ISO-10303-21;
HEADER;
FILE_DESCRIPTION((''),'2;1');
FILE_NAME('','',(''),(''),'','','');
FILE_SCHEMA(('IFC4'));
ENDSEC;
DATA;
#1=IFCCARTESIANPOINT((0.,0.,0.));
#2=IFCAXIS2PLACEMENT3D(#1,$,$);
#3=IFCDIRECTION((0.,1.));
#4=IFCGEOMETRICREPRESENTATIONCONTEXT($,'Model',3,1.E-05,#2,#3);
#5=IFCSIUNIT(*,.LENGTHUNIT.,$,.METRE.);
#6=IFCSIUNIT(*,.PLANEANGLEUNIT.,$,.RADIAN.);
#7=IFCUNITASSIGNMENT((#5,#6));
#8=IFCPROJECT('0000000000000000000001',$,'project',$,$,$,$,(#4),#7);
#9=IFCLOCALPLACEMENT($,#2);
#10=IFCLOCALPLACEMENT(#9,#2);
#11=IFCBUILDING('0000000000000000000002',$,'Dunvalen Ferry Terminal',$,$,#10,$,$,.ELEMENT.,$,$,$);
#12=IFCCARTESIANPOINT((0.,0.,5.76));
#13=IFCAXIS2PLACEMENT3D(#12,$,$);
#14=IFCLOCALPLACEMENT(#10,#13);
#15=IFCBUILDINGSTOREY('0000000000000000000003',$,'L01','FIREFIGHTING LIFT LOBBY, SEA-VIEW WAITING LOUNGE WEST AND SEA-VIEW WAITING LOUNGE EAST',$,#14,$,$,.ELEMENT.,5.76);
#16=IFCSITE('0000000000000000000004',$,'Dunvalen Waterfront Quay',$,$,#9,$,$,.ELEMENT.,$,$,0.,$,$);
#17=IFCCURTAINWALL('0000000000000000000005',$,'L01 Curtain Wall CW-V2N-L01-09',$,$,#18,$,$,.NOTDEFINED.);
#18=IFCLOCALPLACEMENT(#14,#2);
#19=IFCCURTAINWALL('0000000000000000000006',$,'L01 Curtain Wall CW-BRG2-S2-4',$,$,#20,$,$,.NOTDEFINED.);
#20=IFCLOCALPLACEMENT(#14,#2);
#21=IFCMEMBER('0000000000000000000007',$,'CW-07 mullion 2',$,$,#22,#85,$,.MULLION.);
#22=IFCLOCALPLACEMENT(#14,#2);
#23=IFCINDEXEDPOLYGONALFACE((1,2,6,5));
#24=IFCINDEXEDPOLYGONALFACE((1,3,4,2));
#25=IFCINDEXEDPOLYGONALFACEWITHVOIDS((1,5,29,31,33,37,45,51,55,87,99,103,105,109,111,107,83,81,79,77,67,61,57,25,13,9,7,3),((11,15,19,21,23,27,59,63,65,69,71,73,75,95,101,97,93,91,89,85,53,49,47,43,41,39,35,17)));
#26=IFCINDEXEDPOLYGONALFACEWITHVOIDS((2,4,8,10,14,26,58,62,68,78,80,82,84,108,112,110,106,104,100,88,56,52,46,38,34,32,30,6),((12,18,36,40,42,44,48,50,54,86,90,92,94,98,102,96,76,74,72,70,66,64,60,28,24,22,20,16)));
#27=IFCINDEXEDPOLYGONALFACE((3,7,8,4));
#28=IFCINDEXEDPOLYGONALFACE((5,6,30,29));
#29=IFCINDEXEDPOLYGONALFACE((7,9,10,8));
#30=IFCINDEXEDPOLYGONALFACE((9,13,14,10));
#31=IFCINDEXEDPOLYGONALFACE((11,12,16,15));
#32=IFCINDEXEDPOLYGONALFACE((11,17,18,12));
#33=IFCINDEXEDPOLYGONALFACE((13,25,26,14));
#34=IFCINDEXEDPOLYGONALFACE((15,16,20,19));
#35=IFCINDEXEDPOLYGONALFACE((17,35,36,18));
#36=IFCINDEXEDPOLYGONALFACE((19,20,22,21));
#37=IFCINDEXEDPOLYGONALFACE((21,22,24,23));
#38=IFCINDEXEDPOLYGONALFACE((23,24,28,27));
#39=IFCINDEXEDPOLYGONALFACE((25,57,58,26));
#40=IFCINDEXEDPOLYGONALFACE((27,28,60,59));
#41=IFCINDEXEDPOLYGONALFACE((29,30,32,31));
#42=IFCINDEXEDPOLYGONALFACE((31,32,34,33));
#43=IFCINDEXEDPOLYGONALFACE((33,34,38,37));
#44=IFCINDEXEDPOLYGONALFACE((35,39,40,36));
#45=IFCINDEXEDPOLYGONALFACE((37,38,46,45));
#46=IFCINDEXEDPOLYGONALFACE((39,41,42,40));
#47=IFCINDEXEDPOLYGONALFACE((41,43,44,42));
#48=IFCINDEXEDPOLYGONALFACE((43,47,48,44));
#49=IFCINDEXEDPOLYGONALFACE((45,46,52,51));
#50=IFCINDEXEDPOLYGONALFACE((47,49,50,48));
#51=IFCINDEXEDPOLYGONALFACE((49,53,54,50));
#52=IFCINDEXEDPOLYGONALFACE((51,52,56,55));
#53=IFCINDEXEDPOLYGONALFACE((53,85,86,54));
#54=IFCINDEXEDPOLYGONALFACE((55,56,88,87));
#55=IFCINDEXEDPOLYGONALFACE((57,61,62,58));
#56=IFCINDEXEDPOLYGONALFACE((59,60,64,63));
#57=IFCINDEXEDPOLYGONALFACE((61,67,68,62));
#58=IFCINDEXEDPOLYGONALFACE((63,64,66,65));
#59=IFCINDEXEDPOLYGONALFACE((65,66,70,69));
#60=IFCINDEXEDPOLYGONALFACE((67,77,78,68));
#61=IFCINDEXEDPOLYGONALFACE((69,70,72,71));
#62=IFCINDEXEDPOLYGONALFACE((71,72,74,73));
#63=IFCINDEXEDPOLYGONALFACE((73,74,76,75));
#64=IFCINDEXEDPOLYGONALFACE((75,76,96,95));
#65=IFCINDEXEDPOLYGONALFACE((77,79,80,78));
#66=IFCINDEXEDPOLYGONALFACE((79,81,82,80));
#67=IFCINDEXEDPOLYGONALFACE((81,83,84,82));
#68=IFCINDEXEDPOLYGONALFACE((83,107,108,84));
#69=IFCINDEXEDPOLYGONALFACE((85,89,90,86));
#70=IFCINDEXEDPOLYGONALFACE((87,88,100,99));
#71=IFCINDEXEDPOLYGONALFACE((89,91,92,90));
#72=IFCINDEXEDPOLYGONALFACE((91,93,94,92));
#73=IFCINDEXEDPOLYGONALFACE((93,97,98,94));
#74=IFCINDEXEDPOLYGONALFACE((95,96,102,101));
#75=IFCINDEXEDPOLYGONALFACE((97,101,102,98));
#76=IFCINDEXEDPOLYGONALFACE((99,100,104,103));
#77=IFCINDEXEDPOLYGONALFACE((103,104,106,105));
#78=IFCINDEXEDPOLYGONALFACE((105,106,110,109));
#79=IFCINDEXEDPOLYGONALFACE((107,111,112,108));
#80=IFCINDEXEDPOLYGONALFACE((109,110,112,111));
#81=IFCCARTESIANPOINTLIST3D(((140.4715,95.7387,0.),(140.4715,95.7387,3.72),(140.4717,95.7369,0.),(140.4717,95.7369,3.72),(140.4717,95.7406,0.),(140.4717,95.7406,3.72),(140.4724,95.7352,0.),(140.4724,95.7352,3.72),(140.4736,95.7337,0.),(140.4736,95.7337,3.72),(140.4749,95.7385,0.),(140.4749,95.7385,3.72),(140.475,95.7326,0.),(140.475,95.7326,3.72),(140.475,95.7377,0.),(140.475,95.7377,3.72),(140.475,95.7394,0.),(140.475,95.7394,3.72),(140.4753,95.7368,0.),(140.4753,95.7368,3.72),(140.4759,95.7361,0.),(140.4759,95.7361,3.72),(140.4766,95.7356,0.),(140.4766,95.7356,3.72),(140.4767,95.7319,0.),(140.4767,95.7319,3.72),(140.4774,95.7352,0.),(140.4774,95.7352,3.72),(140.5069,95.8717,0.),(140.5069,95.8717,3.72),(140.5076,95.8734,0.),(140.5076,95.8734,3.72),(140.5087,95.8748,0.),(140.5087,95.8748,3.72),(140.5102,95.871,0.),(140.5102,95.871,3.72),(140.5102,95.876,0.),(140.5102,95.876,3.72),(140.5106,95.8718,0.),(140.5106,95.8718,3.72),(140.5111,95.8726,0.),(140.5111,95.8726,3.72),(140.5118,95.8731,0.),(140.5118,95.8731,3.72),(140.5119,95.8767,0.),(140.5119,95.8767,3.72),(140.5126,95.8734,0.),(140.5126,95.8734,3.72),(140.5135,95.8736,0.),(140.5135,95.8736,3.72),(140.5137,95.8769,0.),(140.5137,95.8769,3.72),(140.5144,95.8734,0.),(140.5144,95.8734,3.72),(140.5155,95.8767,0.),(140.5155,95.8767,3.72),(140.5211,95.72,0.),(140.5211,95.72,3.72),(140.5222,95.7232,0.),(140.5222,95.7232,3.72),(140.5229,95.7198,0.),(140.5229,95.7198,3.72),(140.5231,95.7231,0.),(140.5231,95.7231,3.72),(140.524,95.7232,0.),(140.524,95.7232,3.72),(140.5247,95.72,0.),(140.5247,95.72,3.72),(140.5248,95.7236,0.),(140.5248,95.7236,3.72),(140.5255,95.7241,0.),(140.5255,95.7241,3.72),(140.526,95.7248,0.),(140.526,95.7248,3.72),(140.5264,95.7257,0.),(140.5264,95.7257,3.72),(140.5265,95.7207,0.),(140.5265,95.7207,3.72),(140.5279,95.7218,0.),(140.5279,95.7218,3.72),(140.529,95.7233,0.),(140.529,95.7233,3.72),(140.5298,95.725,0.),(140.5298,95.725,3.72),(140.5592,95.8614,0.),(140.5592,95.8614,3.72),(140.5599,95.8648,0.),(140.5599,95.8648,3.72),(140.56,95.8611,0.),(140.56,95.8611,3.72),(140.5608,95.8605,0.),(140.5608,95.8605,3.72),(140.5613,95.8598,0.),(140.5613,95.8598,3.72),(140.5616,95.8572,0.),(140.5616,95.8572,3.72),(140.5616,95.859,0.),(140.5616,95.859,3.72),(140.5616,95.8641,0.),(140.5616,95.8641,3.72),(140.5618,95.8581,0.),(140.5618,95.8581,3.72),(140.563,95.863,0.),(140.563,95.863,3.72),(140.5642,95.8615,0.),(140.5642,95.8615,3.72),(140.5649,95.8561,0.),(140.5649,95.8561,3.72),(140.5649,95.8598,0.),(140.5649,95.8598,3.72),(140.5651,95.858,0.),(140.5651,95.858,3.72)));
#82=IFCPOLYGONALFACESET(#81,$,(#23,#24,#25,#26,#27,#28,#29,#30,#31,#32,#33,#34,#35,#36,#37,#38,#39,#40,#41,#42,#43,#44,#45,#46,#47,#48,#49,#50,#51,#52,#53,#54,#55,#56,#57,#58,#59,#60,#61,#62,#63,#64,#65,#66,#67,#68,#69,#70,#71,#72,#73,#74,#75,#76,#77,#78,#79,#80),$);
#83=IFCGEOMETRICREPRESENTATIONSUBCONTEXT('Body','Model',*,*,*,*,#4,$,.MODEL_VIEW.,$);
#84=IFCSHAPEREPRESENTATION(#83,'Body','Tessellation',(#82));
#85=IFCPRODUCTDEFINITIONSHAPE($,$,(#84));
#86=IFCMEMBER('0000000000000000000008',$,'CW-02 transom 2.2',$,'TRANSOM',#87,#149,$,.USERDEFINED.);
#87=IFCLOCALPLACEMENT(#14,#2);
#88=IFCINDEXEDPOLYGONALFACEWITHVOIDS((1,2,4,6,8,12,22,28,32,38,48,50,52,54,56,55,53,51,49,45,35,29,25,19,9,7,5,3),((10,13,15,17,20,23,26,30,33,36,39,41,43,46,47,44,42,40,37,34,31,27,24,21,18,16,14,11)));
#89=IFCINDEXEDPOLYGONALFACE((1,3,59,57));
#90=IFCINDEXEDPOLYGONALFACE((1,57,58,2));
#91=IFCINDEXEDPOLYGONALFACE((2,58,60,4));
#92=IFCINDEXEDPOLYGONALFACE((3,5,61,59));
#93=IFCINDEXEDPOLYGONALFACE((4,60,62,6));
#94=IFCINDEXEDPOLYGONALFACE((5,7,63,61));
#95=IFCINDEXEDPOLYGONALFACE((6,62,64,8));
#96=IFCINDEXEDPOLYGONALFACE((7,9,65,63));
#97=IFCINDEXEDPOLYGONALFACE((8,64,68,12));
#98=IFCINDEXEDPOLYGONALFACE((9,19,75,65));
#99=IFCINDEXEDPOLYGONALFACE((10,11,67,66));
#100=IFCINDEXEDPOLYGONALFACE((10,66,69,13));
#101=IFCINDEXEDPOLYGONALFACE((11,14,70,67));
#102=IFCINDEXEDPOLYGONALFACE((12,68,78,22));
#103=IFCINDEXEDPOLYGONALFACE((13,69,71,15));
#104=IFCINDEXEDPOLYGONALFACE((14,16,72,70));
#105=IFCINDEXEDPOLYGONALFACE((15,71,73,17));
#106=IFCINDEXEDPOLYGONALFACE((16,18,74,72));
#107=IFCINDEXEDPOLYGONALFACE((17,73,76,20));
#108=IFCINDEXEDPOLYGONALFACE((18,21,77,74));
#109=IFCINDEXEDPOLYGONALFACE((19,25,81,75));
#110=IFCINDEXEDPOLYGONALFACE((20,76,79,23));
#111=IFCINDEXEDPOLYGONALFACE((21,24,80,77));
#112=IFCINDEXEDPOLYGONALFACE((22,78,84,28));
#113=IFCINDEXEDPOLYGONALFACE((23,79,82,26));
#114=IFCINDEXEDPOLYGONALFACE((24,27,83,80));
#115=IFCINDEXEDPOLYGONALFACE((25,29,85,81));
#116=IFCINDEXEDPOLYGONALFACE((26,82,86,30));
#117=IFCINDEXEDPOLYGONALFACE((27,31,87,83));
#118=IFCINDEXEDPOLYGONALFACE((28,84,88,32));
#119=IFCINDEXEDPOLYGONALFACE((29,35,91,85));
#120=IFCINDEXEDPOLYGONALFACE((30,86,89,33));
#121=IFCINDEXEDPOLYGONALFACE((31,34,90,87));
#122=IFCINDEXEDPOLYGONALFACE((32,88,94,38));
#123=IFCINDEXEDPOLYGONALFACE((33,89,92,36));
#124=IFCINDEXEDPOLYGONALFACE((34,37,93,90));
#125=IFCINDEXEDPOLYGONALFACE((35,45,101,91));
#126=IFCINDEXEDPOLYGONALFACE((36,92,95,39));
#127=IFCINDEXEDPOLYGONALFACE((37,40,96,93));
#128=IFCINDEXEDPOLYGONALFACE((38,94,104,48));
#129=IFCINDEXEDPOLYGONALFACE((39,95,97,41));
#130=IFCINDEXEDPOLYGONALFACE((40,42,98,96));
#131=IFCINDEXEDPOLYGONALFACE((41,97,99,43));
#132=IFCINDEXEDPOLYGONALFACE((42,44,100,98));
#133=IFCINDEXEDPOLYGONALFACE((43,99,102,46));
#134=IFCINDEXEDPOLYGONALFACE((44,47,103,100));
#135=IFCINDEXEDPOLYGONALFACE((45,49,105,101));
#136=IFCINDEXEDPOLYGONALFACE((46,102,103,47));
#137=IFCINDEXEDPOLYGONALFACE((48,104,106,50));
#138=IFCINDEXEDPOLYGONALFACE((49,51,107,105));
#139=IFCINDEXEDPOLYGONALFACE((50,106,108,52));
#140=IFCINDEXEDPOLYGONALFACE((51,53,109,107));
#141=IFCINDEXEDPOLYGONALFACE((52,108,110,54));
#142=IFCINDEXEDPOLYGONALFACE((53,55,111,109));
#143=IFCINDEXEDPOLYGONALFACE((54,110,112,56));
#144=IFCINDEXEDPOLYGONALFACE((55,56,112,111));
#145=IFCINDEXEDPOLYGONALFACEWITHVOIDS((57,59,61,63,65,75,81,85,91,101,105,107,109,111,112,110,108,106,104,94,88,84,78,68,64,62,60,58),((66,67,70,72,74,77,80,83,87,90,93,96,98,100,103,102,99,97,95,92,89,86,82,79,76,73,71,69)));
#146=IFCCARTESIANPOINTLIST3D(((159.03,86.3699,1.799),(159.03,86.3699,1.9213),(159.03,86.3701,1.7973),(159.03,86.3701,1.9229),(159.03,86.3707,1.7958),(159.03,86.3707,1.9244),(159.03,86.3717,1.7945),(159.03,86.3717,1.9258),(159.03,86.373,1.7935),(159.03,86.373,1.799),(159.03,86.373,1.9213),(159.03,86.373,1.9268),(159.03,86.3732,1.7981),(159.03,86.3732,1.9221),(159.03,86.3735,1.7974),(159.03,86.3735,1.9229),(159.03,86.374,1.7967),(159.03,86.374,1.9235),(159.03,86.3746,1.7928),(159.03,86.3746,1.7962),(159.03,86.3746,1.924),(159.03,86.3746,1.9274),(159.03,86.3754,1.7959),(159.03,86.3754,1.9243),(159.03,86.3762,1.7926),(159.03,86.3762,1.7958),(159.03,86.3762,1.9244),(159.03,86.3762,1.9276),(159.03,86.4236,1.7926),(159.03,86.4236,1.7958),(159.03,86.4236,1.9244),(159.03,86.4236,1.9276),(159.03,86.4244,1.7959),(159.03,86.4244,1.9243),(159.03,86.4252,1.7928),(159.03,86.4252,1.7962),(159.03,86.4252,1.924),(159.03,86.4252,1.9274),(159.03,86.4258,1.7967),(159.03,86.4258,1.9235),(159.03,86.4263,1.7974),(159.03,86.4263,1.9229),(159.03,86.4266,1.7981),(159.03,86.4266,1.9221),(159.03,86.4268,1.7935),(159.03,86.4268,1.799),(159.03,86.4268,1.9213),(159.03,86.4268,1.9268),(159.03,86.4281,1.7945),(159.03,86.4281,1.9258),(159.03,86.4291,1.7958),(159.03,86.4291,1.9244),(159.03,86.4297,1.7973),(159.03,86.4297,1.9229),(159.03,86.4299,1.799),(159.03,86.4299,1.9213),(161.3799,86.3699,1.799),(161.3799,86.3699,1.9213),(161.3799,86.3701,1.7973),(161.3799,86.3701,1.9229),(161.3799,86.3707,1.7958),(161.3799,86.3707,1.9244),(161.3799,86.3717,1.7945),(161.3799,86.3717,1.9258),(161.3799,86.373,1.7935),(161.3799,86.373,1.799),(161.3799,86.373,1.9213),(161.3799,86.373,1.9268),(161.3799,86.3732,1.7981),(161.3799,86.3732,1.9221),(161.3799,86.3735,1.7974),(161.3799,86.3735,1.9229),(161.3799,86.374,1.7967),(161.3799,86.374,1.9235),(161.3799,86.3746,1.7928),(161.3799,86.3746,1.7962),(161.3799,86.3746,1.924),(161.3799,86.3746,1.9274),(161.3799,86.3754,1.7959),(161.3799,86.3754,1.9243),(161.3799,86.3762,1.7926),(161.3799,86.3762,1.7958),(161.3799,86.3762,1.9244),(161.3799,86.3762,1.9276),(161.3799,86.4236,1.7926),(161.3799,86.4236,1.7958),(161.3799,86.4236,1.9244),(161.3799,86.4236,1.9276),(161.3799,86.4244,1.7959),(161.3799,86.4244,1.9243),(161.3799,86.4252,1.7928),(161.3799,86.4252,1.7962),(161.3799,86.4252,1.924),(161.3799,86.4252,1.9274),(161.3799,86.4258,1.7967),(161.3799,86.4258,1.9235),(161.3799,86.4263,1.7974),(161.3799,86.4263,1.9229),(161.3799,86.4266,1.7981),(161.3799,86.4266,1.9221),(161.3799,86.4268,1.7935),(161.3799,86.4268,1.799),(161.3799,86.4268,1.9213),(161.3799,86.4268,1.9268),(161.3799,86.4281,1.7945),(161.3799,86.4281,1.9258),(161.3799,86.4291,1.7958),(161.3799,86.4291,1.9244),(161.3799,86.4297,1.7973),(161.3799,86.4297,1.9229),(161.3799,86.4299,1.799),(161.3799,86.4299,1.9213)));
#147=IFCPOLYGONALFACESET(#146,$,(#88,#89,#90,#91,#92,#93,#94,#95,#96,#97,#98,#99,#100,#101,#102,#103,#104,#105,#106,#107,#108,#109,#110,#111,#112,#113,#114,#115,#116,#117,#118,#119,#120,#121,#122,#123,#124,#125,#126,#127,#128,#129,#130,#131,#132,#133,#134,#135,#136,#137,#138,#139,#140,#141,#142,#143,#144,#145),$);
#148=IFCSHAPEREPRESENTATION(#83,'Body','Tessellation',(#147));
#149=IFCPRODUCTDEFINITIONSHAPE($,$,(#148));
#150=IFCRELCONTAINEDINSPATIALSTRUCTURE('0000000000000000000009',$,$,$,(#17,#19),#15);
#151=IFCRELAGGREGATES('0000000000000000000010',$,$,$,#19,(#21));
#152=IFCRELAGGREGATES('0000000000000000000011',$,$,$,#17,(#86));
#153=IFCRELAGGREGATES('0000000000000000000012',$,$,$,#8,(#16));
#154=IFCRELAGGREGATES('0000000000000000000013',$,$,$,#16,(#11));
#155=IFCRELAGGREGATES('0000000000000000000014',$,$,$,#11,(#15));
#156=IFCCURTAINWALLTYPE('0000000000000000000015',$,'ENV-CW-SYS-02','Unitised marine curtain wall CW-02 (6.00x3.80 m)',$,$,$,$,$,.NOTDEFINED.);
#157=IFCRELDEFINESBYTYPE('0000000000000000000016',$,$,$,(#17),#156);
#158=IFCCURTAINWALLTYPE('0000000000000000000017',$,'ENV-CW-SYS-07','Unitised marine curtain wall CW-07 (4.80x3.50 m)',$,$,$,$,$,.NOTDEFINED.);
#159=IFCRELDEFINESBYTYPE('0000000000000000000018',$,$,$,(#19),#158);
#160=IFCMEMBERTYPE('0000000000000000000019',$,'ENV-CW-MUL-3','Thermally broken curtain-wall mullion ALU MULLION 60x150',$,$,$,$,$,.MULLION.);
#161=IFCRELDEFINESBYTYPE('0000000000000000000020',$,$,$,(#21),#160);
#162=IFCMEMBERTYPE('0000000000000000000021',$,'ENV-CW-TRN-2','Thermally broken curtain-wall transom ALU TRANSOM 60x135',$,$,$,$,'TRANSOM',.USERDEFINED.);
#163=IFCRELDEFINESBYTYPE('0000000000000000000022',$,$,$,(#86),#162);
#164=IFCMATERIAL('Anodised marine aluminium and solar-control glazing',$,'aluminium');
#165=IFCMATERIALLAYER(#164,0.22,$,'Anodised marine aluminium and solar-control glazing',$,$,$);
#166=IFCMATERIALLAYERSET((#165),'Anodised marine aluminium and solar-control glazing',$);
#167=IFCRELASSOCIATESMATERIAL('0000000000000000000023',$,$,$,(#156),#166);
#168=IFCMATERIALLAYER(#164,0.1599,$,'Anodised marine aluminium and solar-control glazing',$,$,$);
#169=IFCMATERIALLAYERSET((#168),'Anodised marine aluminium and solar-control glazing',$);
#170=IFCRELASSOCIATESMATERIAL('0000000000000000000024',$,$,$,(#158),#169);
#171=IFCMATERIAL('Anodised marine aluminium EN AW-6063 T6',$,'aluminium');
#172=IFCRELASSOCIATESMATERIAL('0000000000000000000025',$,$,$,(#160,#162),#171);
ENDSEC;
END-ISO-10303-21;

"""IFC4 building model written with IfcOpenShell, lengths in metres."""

from ifc_helpers import new_model, si_unit, direction, frame, origin, origin_2d, place, context, subcontext, project, spatial, hollow_rectangle, extrude, material, layer, layer_set, material_profile, profile_set, type_object, element, aggregate, save


model = new_model("IFC4")

# Units and contexts
model_context = context("Model", 3, precision=1e-05, world=origin(), true_north=direction((0.0, 1.0)))
body_context = subcontext(model_context, "Body", "Model", "MODEL_VIEW")
ifc_project = project(units=[si_unit("LENGTHUNIT", "METRE"), si_unit("PLANEANGLEUNIT", "RADIAN")], contexts=[model_context])

# Site, building, storey
site_placement = place(None, origin())
site = spatial("IfcSite", under=ifc_project, at=site_placement, Name="Dunvalen Waterfront Quay", CompositionType="ELEMENT", RefElevation=0.0)
building_placement = place(site_placement, origin())
building = spatial("IfcBuilding", under=site, at=building_placement, Name="Dunvalen Ferry Terminal", CompositionType="ELEMENT")
storey_placement = place(building_placement, frame((0.0, 0.0, 5.76)))
storey = spatial("IfcBuildingStorey", under=building, at=storey_placement, Name="L01", Description="FIREFIGHTING LIFT LOBBY, SEA-VIEW WAITING LOUNGE WEST AND SEA-VIEW WAITING LOUNGE EAST", CompositionType="ELEMENT", Elevation=5.76)

# Curtain wall
ifc_material_1 = material(Name="Anodised marine aluminium and solar-control glazing", Category="aluminium")
ifc_layer_1 = layer(ifc_material_1, 0.22, Name="Anodised marine aluminium and solar-control glazing")
ifc_layer_set_1 = layer_set([ifc_layer_1], Name="Anodised marine aluminium and solar-control glazing")
curtain_wall_type_1 = type_object("IfcCurtainWallType", Name="ENV-CW-SYS-02", Description="Unitised marine curtain wall CW-02 (6.00x3.80 m)", PredefinedType="NOTDEFINED", material=ifc_layer_set_1)
curtain_wall_1_placement = place(storey_placement, origin())
curtain_wall_1 = element("IfcCurtainWall", 1, at=curtain_wall_1_placement, inside=storey, type_object=curtain_wall_type_1, Name="L01 Curtain Wall CW-V2N-L01-09", PredefinedType="NOTDEFINED")
ifc_material_2 = material(Name="Anodised marine aluminium EN AW-6063 T6", Category="aluminium")

# Shared definitions
ifc_layer_2 = layer(ifc_material_1, 0.1599, Name="Anodised marine aluminium and solar-control glazing")
ifc_layer_set_2 = layer_set([ifc_layer_2], Name="Anodised marine aluminium and solar-control glazing")
curtain_wall_type_2 = type_object("IfcCurtainWallType", Name="ENV-CW-SYS-07", Description="Unitised marine curtain wall CW-07 (4.80x3.50 m)", PredefinedType="NOTDEFINED", material=ifc_layer_set_2)
ifc_material_profile_1 = material_profile(ifc_material_2, hollow_rectangle(XDim=0.0601, YDim=0.1499, WallThickness=0.0034, InnerFilletRadius=0.0034, OuterFilletRadius=0.0071, at=origin_2d()), Name="Anodised marine aluminium EN AW-6063 T6")
ifc_profile_set_1 = profile_set([ifc_material_profile_1], Name="Anodised marine aluminium EN AW-6063 T6")
member_type_1 = type_object("IfcMemberType", Name="ENV-CW-MUL-3", Description="Thermally broken curtain-wall mullion ALU MULLION 60x150", PredefinedType="MULLION", material=ifc_profile_set_1)

# Curtain wall, member
curtain_wall_2_placement = place(storey_placement, origin())
curtain_wall_2 = element("IfcCurtainWall", 2, at=curtain_wall_2_placement, inside=storey, type_object=curtain_wall_type_2, Name="L01 Curtain Wall CW-BRG2-S2-4", PredefinedType="NOTDEFINED")
member_1_placement = place(storey_placement, frame((140.5183, 95.7983, 0.0), z_axis=(0.0, 0.0, 1.0), x_axis=(-0.965935, 0.258786, 0.0)))
member_1 = element("IfcMember", 3, at=member_1_placement, type_object=member_type_1, Name="CW-07 mullion 2", PredefinedType="MULLION", context=body_context, shape_type="SweptSolid", body=[
    extrude(hollow_rectangle(XDim=0.0601, YDim=0.1499, WallThickness=0.0034, InnerFilletRadius=0.0034, OuterFilletRadius=0.0071, at=origin_2d()), origin(), (0.0, 0.0, 1.0), 3.72),
])

# Member
ifc_material_profile_2 = material_profile(ifc_material_2, hollow_rectangle(XDim=0.0601, YDim=0.135, WallThickness=0.0032, InnerFilletRadius=0.0032, OuterFilletRadius=0.0063, at=origin_2d()), Name="Anodised marine aluminium EN AW-6063 T6")
ifc_profile_set_2 = profile_set([ifc_material_profile_2], Name="Anodised marine aluminium EN AW-6063 T6")
member_type_2 = type_object("IfcMemberType", Name="ENV-CW-TRN-2", Description="Thermally broken curtain-wall transom ALU TRANSOM 60x135", ElementType="TRANSOM", PredefinedType="USERDEFINED", material=ifc_profile_set_2)
member_2_placement = place(storey_placement, frame((159.03, 86.3999, 1.8601), z_axis=(1.0, 0.0, 0.0), x_axis=(0.0, 1.0, 0.0)))
member_2 = element("IfcMember", 4, at=member_2_placement, type_object=member_type_2, Name="CW-02 transom 2.2", ObjectType="TRANSOM", PredefinedType="USERDEFINED", context=body_context, shape_type="SweptSolid", body=[
    extrude(hollow_rectangle(XDim=0.0601, YDim=0.135, WallThickness=0.0032, InnerFilletRadius=0.0032, OuterFilletRadius=0.0063, at=origin_2d()), origin(), (0.0, 0.0, 1.0), 2.3499),
])

aggregate(curtain_wall_2, [member_1])
aggregate(curtain_wall_1, [member_2])

save(model, "model.ifc")
